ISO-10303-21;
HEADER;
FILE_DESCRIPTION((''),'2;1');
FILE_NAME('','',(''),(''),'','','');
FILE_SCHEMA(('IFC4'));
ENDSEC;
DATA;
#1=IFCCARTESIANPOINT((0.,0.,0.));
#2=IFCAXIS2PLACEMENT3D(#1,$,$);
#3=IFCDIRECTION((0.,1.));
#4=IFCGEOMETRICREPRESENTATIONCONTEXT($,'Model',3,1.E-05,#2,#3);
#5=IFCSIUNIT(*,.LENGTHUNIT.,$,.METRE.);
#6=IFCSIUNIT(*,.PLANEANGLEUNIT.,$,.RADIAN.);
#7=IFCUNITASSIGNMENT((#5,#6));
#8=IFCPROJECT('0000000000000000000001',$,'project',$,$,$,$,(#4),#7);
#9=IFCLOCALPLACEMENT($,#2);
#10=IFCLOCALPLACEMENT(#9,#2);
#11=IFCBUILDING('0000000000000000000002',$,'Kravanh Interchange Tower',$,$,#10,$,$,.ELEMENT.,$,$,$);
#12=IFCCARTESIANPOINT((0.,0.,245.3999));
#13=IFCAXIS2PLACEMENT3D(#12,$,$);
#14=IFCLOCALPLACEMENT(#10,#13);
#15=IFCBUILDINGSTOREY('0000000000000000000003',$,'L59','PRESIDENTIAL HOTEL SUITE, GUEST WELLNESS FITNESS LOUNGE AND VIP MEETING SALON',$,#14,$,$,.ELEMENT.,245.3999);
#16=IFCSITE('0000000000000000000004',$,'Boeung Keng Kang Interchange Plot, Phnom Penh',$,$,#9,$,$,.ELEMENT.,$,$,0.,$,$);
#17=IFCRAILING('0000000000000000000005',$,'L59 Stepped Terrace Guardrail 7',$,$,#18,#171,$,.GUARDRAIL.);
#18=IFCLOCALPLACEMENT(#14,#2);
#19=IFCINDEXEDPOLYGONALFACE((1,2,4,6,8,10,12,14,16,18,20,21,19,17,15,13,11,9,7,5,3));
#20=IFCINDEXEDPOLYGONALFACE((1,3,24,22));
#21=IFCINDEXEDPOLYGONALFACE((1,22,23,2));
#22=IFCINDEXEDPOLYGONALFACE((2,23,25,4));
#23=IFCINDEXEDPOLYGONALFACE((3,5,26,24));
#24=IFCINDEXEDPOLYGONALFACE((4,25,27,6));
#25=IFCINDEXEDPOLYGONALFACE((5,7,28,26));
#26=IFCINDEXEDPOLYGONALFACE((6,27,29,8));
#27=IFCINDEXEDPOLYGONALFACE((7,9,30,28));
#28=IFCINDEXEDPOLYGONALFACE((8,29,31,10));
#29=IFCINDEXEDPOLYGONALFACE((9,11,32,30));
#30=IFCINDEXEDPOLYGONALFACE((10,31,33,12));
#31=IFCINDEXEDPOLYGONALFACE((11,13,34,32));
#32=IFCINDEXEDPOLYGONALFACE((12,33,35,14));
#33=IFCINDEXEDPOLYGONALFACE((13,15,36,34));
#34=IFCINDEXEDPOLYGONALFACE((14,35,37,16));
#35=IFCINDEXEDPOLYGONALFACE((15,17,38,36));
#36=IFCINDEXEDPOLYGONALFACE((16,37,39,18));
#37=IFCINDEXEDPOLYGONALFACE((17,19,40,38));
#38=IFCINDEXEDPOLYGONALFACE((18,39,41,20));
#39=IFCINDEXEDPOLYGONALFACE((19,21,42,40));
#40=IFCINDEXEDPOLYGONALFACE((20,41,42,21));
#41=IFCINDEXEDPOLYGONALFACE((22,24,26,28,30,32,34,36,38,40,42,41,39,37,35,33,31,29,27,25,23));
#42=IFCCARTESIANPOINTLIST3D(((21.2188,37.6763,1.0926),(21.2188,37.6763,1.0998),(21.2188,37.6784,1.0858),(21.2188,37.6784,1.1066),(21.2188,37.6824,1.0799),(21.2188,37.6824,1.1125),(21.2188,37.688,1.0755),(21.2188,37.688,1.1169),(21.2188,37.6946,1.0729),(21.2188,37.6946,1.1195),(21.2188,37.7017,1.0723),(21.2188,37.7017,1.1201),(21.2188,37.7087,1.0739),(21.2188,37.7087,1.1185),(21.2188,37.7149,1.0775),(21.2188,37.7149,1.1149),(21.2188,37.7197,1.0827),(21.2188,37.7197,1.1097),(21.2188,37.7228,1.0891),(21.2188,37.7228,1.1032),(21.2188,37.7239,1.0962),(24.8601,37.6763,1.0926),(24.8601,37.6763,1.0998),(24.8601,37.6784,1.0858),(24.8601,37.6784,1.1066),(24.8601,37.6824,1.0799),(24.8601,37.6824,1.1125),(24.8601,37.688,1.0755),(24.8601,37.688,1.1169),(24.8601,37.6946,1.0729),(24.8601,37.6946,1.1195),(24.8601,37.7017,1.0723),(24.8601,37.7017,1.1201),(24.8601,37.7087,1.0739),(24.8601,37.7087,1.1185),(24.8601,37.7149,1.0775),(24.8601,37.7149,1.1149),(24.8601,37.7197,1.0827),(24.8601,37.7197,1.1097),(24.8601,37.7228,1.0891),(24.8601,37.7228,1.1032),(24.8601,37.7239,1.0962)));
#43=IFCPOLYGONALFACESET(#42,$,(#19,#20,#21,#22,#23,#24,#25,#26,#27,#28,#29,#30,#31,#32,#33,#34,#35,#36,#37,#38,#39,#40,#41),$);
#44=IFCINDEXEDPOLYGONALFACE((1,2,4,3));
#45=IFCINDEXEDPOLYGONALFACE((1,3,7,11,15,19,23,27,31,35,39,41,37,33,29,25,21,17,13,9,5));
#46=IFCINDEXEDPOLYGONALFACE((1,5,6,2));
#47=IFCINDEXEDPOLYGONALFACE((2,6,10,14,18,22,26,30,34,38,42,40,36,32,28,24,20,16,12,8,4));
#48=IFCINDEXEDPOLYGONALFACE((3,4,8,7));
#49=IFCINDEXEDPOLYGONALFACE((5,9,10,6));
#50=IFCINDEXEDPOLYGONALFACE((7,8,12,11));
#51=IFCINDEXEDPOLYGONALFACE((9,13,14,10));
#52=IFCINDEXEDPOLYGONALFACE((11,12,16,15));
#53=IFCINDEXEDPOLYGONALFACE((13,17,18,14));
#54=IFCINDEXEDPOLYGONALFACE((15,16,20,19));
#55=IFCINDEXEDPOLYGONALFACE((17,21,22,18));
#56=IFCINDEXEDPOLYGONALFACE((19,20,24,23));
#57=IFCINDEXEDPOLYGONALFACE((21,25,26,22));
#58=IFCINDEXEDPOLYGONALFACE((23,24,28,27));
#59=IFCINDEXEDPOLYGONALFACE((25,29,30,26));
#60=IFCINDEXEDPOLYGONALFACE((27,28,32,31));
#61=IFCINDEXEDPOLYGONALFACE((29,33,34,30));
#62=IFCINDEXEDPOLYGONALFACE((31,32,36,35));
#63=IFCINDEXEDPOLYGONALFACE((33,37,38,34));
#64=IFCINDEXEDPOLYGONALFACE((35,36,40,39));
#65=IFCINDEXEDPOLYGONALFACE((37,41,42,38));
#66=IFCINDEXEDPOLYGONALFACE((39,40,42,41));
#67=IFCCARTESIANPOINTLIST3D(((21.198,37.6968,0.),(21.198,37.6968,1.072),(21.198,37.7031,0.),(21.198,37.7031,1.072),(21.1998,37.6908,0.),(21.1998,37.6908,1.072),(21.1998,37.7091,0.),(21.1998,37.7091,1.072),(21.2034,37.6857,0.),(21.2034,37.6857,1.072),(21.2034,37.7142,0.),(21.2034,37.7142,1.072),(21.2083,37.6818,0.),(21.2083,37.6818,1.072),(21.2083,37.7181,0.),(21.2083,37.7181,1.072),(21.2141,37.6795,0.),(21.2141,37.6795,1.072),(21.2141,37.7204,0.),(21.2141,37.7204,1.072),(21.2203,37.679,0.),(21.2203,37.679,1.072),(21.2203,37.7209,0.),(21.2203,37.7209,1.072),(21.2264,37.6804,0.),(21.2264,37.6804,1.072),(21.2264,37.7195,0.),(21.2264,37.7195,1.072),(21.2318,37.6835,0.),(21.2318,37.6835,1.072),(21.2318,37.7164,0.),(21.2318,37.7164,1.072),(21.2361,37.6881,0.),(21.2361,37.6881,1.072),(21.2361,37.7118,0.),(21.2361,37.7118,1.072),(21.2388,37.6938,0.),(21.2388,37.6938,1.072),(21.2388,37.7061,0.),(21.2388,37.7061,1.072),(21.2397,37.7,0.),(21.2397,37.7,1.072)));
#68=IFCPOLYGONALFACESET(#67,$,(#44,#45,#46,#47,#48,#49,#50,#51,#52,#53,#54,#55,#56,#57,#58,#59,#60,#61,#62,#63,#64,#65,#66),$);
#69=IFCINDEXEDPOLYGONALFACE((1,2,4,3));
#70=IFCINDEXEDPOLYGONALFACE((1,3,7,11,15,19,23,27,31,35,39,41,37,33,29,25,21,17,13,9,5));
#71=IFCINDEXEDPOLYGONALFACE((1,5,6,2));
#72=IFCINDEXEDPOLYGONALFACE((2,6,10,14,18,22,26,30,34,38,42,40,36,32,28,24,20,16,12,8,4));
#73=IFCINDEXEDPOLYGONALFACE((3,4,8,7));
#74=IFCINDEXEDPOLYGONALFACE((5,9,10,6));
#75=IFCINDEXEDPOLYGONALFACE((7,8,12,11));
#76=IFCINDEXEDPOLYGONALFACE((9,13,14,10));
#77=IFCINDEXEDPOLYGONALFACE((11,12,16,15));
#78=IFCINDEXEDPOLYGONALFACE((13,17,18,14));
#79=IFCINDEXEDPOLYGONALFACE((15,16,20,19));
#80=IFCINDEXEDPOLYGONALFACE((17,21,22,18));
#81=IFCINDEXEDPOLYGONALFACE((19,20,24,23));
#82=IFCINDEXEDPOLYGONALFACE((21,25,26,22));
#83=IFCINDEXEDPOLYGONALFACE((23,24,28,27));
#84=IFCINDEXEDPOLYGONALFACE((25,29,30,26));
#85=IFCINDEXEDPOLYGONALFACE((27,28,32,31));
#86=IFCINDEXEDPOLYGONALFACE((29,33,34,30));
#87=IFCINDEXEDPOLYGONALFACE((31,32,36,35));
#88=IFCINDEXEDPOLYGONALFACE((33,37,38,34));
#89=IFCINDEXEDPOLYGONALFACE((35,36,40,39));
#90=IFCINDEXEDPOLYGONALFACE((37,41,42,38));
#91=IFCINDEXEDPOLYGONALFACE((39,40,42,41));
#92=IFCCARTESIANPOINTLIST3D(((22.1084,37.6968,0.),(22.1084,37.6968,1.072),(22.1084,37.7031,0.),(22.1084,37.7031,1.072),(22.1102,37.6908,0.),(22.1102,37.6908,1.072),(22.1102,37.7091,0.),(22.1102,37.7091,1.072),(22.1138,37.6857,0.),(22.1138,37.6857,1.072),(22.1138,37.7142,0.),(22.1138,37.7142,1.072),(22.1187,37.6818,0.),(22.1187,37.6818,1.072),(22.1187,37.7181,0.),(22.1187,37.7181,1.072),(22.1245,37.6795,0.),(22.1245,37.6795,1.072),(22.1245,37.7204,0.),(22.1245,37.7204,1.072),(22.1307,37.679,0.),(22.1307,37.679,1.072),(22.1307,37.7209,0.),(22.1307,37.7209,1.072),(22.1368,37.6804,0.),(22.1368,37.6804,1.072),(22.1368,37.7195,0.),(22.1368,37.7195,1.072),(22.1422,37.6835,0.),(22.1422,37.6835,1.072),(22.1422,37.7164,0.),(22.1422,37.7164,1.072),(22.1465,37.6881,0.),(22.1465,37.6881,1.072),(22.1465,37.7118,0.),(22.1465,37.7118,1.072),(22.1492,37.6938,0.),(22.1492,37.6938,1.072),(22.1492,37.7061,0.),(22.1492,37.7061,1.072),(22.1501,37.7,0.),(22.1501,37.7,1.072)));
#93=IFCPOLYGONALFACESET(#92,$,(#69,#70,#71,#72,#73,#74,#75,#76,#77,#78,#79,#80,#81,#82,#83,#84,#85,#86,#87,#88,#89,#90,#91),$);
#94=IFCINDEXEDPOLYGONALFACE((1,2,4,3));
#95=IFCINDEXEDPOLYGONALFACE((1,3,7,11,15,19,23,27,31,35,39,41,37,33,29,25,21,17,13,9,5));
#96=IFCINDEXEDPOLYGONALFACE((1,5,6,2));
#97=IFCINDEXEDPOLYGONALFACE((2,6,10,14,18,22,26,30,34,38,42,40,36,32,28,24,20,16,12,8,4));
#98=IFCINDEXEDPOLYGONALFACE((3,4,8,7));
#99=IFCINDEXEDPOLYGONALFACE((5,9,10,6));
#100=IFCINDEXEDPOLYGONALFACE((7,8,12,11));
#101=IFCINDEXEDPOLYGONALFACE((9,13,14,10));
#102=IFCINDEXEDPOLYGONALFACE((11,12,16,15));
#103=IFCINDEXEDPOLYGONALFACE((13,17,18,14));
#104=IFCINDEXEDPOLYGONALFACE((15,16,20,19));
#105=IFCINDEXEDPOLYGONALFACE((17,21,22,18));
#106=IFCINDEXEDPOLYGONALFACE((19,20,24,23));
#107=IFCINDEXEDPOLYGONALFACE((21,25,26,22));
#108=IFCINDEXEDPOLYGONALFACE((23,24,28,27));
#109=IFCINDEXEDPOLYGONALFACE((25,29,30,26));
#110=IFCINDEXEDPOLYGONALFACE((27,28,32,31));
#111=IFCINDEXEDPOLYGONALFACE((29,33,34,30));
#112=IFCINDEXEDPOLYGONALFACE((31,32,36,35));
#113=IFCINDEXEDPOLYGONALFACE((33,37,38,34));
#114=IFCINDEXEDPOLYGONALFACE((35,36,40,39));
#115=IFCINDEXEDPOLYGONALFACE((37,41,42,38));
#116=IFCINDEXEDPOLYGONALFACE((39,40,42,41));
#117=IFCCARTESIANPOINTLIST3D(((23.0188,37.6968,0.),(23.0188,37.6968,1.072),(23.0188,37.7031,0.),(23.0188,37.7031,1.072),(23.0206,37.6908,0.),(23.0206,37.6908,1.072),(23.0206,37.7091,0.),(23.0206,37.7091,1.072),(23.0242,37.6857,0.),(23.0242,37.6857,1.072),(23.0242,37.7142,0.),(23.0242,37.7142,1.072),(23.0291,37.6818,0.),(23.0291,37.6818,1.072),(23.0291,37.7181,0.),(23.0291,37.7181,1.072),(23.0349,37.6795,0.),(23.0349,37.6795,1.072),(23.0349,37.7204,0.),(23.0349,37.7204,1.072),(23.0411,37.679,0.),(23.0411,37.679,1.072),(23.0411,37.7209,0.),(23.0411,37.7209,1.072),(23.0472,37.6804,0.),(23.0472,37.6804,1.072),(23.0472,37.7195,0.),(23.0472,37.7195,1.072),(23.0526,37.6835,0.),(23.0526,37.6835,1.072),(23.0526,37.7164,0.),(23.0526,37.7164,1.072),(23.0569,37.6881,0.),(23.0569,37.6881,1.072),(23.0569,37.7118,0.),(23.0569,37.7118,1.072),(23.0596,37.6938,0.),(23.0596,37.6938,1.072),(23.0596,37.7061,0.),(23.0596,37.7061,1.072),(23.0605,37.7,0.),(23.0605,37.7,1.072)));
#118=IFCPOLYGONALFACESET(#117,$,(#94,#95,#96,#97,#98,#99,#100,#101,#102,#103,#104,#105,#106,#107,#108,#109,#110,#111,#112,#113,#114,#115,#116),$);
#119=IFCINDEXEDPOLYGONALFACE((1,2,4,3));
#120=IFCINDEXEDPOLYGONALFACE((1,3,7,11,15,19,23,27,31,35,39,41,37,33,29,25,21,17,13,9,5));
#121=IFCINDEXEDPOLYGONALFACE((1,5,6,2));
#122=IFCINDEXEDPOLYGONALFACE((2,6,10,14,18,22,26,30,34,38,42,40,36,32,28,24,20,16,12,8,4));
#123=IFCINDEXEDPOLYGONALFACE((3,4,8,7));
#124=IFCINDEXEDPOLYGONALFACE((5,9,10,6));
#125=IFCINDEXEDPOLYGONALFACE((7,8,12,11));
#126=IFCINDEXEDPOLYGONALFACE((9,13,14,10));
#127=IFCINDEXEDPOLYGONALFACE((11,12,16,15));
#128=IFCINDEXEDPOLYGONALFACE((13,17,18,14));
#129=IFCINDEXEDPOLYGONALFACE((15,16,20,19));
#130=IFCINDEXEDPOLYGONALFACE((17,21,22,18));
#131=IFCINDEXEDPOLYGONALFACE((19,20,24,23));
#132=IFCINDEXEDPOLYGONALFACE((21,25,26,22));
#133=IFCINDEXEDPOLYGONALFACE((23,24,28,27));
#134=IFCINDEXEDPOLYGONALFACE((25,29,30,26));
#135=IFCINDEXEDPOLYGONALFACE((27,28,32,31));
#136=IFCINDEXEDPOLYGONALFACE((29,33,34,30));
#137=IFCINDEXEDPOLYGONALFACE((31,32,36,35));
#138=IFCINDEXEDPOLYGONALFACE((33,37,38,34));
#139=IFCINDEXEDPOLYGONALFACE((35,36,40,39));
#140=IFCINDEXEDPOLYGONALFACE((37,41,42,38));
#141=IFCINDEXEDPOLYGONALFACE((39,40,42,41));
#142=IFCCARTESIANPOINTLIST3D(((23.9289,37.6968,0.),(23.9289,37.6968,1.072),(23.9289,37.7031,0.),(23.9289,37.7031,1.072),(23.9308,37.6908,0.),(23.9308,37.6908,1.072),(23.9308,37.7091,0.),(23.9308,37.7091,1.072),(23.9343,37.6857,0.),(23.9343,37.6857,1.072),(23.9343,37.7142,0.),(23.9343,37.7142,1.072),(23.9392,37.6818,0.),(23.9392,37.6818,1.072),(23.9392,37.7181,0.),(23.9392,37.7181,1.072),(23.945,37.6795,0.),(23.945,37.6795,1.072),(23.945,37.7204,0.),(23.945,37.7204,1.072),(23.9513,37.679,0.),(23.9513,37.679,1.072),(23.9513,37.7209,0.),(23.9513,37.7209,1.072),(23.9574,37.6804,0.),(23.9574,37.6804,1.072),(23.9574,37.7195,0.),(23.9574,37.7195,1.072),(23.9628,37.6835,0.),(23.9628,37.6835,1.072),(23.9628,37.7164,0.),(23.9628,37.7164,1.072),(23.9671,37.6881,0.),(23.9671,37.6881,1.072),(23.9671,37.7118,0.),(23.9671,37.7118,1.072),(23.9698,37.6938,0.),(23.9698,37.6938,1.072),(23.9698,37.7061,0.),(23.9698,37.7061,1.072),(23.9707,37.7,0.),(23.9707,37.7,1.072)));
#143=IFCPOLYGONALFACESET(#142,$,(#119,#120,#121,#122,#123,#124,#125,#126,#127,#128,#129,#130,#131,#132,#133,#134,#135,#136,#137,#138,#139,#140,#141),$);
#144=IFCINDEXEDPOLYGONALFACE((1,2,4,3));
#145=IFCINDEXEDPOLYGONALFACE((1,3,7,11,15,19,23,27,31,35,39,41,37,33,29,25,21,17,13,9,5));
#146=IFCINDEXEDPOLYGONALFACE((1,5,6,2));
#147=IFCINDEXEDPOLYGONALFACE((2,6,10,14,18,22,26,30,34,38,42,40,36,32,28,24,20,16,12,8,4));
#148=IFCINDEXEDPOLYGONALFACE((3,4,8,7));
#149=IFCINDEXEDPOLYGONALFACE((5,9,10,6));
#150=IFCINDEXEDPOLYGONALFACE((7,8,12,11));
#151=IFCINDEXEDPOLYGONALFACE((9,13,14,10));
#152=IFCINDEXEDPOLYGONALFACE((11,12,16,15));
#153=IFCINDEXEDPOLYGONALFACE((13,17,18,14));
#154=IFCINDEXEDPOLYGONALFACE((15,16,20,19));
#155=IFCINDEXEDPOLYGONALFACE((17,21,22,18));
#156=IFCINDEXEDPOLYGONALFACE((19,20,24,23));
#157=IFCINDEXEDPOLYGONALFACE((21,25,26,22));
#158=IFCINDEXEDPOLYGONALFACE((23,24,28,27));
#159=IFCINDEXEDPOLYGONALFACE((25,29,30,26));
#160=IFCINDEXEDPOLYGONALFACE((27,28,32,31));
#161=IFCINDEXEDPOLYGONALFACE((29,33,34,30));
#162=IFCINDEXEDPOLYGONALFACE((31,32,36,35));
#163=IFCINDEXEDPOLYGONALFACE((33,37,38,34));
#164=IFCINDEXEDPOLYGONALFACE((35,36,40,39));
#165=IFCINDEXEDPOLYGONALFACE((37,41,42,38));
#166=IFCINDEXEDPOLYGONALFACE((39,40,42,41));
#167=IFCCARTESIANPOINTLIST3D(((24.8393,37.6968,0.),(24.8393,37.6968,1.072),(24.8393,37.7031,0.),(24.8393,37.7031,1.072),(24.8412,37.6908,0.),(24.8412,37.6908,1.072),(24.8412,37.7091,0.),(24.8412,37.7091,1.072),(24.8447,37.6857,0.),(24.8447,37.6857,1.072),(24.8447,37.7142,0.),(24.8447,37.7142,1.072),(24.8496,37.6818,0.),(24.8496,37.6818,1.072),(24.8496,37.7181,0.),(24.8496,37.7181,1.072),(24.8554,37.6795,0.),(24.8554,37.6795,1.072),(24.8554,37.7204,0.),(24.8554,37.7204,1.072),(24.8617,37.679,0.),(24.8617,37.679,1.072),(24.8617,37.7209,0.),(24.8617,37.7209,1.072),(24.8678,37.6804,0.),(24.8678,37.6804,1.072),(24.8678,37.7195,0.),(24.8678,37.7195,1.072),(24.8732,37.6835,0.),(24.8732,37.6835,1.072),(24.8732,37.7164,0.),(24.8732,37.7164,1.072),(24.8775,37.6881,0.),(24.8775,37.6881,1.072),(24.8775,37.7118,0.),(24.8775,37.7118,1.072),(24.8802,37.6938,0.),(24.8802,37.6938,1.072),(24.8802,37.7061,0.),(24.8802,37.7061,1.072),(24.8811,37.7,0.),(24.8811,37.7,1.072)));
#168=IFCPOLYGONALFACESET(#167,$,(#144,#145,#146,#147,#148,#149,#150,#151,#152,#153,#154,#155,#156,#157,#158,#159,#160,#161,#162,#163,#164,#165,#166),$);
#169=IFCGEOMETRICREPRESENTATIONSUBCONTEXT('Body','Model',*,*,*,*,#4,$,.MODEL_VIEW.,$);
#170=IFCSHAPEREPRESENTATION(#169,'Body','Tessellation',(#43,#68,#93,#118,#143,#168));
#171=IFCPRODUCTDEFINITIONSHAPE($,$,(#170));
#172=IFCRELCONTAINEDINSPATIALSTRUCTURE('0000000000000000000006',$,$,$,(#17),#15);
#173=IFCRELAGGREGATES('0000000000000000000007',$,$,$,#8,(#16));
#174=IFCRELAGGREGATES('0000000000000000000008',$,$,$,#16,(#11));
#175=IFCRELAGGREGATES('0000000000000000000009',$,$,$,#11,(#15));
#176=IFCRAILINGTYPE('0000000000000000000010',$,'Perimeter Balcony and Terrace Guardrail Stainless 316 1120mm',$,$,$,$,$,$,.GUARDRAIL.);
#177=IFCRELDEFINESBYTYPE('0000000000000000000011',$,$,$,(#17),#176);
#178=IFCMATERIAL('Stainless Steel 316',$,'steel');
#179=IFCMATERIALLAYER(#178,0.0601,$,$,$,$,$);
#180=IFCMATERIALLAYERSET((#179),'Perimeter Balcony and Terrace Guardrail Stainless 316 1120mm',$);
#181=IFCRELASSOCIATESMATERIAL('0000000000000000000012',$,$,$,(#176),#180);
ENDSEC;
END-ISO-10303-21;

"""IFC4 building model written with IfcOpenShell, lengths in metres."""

from ifc_helpers import new_model, si_unit, direction, frame, origin, origin_2d, place, context, subcontext, project, spatial, circle, extrude, material, layer, layer_set, type_object, element, save


model = new_model("IFC4")

# Units and contexts
model_context = context("Model", 3, precision=1e-05, world=origin(), true_north=direction((0.0, 1.0)))
body_context = subcontext(model_context, "Body", "Model", "MODEL_VIEW")
ifc_project = project(units=[si_unit("LENGTHUNIT", "METRE"), si_unit("PLANEANGLEUNIT", "RADIAN")], contexts=[model_context])

# Site, building, storey
site_placement = place(None, origin())
site = spatial("IfcSite", under=ifc_project, at=site_placement, Name="Boeung Keng Kang Interchange Plot, Phnom Penh", CompositionType="ELEMENT", RefElevation=0.0)
building_placement = place(site_placement, origin())
building = spatial("IfcBuilding", under=site, at=building_placement, Name="Kravanh Interchange Tower", CompositionType="ELEMENT")
storey_placement = place(building_placement, frame((0.0, 0.0, 245.3999)))
storey = spatial("IfcBuildingStorey", under=building, at=storey_placement, Name="L59", Description="PRESIDENTIAL HOTEL SUITE, GUEST WELLNESS FITNESS LOUNGE AND VIP MEETING SALON", CompositionType="ELEMENT", Elevation=245.3999)

# Railing
ifc_material_1 = material(Name="Stainless Steel 316", Category="steel")
ifc_layer_1 = layer(ifc_material_1, 0.0601)
ifc_layer_set_1 = layer_set([ifc_layer_1], Name="Perimeter Balcony and Terrace Guardrail Stainless 316 1120mm")
railing_type = type_object("IfcRailingType", Name="Perimeter Balcony and Terrace Guardrail Stainless 316 1120mm", PredefinedType="GUARDRAIL", material=ifc_layer_set_1)
railing_placement = place(storey_placement, frame((21.2188, 37.7, 0.0)))
element("IfcRailing", 1, at=railing_placement, inside=storey, type_object=railing_type, Name="L59 Stepped Terrace Guardrail 7", PredefinedType="GUARDRAIL", context=body_context, shape_type="SweptSolid", body=[
    extrude(circle(Radius=0.0239, at=origin_2d()), frame((0.0, 0.0, 1.0962), z_axis=(1.0, 0.0, 0.0), x_axis=(0.0, 1.0, 0.0)), (0.0, 0.0, 1.0), 3.6414),
    extrude(circle(Radius=0.021, at=origin_2d()), origin(), (0.0, 0.0, 1.0), 1.072),
    extrude(circle(Radius=0.021, at=origin_2d()), frame((0.9104, 0.0, 0.0)), (0.0, 0.0, 1.0), 1.072),
    extrude(circle(Radius=0.021, at=origin_2d()), frame((1.8208, 0.0, 0.0)), (0.0, 0.0, 1.0), 1.072),
    extrude(circle(Radius=0.021, at=origin_2d()), frame((2.731, 0.0, 0.0)), (0.0, 0.0, 1.0), 1.072),
    extrude(circle(Radius=0.021, at=origin_2d()), frame((3.6414, 0.0, 0.0)), (0.0, 0.0, 1.0), 1.072),
])

save(model, "model.ifc")
